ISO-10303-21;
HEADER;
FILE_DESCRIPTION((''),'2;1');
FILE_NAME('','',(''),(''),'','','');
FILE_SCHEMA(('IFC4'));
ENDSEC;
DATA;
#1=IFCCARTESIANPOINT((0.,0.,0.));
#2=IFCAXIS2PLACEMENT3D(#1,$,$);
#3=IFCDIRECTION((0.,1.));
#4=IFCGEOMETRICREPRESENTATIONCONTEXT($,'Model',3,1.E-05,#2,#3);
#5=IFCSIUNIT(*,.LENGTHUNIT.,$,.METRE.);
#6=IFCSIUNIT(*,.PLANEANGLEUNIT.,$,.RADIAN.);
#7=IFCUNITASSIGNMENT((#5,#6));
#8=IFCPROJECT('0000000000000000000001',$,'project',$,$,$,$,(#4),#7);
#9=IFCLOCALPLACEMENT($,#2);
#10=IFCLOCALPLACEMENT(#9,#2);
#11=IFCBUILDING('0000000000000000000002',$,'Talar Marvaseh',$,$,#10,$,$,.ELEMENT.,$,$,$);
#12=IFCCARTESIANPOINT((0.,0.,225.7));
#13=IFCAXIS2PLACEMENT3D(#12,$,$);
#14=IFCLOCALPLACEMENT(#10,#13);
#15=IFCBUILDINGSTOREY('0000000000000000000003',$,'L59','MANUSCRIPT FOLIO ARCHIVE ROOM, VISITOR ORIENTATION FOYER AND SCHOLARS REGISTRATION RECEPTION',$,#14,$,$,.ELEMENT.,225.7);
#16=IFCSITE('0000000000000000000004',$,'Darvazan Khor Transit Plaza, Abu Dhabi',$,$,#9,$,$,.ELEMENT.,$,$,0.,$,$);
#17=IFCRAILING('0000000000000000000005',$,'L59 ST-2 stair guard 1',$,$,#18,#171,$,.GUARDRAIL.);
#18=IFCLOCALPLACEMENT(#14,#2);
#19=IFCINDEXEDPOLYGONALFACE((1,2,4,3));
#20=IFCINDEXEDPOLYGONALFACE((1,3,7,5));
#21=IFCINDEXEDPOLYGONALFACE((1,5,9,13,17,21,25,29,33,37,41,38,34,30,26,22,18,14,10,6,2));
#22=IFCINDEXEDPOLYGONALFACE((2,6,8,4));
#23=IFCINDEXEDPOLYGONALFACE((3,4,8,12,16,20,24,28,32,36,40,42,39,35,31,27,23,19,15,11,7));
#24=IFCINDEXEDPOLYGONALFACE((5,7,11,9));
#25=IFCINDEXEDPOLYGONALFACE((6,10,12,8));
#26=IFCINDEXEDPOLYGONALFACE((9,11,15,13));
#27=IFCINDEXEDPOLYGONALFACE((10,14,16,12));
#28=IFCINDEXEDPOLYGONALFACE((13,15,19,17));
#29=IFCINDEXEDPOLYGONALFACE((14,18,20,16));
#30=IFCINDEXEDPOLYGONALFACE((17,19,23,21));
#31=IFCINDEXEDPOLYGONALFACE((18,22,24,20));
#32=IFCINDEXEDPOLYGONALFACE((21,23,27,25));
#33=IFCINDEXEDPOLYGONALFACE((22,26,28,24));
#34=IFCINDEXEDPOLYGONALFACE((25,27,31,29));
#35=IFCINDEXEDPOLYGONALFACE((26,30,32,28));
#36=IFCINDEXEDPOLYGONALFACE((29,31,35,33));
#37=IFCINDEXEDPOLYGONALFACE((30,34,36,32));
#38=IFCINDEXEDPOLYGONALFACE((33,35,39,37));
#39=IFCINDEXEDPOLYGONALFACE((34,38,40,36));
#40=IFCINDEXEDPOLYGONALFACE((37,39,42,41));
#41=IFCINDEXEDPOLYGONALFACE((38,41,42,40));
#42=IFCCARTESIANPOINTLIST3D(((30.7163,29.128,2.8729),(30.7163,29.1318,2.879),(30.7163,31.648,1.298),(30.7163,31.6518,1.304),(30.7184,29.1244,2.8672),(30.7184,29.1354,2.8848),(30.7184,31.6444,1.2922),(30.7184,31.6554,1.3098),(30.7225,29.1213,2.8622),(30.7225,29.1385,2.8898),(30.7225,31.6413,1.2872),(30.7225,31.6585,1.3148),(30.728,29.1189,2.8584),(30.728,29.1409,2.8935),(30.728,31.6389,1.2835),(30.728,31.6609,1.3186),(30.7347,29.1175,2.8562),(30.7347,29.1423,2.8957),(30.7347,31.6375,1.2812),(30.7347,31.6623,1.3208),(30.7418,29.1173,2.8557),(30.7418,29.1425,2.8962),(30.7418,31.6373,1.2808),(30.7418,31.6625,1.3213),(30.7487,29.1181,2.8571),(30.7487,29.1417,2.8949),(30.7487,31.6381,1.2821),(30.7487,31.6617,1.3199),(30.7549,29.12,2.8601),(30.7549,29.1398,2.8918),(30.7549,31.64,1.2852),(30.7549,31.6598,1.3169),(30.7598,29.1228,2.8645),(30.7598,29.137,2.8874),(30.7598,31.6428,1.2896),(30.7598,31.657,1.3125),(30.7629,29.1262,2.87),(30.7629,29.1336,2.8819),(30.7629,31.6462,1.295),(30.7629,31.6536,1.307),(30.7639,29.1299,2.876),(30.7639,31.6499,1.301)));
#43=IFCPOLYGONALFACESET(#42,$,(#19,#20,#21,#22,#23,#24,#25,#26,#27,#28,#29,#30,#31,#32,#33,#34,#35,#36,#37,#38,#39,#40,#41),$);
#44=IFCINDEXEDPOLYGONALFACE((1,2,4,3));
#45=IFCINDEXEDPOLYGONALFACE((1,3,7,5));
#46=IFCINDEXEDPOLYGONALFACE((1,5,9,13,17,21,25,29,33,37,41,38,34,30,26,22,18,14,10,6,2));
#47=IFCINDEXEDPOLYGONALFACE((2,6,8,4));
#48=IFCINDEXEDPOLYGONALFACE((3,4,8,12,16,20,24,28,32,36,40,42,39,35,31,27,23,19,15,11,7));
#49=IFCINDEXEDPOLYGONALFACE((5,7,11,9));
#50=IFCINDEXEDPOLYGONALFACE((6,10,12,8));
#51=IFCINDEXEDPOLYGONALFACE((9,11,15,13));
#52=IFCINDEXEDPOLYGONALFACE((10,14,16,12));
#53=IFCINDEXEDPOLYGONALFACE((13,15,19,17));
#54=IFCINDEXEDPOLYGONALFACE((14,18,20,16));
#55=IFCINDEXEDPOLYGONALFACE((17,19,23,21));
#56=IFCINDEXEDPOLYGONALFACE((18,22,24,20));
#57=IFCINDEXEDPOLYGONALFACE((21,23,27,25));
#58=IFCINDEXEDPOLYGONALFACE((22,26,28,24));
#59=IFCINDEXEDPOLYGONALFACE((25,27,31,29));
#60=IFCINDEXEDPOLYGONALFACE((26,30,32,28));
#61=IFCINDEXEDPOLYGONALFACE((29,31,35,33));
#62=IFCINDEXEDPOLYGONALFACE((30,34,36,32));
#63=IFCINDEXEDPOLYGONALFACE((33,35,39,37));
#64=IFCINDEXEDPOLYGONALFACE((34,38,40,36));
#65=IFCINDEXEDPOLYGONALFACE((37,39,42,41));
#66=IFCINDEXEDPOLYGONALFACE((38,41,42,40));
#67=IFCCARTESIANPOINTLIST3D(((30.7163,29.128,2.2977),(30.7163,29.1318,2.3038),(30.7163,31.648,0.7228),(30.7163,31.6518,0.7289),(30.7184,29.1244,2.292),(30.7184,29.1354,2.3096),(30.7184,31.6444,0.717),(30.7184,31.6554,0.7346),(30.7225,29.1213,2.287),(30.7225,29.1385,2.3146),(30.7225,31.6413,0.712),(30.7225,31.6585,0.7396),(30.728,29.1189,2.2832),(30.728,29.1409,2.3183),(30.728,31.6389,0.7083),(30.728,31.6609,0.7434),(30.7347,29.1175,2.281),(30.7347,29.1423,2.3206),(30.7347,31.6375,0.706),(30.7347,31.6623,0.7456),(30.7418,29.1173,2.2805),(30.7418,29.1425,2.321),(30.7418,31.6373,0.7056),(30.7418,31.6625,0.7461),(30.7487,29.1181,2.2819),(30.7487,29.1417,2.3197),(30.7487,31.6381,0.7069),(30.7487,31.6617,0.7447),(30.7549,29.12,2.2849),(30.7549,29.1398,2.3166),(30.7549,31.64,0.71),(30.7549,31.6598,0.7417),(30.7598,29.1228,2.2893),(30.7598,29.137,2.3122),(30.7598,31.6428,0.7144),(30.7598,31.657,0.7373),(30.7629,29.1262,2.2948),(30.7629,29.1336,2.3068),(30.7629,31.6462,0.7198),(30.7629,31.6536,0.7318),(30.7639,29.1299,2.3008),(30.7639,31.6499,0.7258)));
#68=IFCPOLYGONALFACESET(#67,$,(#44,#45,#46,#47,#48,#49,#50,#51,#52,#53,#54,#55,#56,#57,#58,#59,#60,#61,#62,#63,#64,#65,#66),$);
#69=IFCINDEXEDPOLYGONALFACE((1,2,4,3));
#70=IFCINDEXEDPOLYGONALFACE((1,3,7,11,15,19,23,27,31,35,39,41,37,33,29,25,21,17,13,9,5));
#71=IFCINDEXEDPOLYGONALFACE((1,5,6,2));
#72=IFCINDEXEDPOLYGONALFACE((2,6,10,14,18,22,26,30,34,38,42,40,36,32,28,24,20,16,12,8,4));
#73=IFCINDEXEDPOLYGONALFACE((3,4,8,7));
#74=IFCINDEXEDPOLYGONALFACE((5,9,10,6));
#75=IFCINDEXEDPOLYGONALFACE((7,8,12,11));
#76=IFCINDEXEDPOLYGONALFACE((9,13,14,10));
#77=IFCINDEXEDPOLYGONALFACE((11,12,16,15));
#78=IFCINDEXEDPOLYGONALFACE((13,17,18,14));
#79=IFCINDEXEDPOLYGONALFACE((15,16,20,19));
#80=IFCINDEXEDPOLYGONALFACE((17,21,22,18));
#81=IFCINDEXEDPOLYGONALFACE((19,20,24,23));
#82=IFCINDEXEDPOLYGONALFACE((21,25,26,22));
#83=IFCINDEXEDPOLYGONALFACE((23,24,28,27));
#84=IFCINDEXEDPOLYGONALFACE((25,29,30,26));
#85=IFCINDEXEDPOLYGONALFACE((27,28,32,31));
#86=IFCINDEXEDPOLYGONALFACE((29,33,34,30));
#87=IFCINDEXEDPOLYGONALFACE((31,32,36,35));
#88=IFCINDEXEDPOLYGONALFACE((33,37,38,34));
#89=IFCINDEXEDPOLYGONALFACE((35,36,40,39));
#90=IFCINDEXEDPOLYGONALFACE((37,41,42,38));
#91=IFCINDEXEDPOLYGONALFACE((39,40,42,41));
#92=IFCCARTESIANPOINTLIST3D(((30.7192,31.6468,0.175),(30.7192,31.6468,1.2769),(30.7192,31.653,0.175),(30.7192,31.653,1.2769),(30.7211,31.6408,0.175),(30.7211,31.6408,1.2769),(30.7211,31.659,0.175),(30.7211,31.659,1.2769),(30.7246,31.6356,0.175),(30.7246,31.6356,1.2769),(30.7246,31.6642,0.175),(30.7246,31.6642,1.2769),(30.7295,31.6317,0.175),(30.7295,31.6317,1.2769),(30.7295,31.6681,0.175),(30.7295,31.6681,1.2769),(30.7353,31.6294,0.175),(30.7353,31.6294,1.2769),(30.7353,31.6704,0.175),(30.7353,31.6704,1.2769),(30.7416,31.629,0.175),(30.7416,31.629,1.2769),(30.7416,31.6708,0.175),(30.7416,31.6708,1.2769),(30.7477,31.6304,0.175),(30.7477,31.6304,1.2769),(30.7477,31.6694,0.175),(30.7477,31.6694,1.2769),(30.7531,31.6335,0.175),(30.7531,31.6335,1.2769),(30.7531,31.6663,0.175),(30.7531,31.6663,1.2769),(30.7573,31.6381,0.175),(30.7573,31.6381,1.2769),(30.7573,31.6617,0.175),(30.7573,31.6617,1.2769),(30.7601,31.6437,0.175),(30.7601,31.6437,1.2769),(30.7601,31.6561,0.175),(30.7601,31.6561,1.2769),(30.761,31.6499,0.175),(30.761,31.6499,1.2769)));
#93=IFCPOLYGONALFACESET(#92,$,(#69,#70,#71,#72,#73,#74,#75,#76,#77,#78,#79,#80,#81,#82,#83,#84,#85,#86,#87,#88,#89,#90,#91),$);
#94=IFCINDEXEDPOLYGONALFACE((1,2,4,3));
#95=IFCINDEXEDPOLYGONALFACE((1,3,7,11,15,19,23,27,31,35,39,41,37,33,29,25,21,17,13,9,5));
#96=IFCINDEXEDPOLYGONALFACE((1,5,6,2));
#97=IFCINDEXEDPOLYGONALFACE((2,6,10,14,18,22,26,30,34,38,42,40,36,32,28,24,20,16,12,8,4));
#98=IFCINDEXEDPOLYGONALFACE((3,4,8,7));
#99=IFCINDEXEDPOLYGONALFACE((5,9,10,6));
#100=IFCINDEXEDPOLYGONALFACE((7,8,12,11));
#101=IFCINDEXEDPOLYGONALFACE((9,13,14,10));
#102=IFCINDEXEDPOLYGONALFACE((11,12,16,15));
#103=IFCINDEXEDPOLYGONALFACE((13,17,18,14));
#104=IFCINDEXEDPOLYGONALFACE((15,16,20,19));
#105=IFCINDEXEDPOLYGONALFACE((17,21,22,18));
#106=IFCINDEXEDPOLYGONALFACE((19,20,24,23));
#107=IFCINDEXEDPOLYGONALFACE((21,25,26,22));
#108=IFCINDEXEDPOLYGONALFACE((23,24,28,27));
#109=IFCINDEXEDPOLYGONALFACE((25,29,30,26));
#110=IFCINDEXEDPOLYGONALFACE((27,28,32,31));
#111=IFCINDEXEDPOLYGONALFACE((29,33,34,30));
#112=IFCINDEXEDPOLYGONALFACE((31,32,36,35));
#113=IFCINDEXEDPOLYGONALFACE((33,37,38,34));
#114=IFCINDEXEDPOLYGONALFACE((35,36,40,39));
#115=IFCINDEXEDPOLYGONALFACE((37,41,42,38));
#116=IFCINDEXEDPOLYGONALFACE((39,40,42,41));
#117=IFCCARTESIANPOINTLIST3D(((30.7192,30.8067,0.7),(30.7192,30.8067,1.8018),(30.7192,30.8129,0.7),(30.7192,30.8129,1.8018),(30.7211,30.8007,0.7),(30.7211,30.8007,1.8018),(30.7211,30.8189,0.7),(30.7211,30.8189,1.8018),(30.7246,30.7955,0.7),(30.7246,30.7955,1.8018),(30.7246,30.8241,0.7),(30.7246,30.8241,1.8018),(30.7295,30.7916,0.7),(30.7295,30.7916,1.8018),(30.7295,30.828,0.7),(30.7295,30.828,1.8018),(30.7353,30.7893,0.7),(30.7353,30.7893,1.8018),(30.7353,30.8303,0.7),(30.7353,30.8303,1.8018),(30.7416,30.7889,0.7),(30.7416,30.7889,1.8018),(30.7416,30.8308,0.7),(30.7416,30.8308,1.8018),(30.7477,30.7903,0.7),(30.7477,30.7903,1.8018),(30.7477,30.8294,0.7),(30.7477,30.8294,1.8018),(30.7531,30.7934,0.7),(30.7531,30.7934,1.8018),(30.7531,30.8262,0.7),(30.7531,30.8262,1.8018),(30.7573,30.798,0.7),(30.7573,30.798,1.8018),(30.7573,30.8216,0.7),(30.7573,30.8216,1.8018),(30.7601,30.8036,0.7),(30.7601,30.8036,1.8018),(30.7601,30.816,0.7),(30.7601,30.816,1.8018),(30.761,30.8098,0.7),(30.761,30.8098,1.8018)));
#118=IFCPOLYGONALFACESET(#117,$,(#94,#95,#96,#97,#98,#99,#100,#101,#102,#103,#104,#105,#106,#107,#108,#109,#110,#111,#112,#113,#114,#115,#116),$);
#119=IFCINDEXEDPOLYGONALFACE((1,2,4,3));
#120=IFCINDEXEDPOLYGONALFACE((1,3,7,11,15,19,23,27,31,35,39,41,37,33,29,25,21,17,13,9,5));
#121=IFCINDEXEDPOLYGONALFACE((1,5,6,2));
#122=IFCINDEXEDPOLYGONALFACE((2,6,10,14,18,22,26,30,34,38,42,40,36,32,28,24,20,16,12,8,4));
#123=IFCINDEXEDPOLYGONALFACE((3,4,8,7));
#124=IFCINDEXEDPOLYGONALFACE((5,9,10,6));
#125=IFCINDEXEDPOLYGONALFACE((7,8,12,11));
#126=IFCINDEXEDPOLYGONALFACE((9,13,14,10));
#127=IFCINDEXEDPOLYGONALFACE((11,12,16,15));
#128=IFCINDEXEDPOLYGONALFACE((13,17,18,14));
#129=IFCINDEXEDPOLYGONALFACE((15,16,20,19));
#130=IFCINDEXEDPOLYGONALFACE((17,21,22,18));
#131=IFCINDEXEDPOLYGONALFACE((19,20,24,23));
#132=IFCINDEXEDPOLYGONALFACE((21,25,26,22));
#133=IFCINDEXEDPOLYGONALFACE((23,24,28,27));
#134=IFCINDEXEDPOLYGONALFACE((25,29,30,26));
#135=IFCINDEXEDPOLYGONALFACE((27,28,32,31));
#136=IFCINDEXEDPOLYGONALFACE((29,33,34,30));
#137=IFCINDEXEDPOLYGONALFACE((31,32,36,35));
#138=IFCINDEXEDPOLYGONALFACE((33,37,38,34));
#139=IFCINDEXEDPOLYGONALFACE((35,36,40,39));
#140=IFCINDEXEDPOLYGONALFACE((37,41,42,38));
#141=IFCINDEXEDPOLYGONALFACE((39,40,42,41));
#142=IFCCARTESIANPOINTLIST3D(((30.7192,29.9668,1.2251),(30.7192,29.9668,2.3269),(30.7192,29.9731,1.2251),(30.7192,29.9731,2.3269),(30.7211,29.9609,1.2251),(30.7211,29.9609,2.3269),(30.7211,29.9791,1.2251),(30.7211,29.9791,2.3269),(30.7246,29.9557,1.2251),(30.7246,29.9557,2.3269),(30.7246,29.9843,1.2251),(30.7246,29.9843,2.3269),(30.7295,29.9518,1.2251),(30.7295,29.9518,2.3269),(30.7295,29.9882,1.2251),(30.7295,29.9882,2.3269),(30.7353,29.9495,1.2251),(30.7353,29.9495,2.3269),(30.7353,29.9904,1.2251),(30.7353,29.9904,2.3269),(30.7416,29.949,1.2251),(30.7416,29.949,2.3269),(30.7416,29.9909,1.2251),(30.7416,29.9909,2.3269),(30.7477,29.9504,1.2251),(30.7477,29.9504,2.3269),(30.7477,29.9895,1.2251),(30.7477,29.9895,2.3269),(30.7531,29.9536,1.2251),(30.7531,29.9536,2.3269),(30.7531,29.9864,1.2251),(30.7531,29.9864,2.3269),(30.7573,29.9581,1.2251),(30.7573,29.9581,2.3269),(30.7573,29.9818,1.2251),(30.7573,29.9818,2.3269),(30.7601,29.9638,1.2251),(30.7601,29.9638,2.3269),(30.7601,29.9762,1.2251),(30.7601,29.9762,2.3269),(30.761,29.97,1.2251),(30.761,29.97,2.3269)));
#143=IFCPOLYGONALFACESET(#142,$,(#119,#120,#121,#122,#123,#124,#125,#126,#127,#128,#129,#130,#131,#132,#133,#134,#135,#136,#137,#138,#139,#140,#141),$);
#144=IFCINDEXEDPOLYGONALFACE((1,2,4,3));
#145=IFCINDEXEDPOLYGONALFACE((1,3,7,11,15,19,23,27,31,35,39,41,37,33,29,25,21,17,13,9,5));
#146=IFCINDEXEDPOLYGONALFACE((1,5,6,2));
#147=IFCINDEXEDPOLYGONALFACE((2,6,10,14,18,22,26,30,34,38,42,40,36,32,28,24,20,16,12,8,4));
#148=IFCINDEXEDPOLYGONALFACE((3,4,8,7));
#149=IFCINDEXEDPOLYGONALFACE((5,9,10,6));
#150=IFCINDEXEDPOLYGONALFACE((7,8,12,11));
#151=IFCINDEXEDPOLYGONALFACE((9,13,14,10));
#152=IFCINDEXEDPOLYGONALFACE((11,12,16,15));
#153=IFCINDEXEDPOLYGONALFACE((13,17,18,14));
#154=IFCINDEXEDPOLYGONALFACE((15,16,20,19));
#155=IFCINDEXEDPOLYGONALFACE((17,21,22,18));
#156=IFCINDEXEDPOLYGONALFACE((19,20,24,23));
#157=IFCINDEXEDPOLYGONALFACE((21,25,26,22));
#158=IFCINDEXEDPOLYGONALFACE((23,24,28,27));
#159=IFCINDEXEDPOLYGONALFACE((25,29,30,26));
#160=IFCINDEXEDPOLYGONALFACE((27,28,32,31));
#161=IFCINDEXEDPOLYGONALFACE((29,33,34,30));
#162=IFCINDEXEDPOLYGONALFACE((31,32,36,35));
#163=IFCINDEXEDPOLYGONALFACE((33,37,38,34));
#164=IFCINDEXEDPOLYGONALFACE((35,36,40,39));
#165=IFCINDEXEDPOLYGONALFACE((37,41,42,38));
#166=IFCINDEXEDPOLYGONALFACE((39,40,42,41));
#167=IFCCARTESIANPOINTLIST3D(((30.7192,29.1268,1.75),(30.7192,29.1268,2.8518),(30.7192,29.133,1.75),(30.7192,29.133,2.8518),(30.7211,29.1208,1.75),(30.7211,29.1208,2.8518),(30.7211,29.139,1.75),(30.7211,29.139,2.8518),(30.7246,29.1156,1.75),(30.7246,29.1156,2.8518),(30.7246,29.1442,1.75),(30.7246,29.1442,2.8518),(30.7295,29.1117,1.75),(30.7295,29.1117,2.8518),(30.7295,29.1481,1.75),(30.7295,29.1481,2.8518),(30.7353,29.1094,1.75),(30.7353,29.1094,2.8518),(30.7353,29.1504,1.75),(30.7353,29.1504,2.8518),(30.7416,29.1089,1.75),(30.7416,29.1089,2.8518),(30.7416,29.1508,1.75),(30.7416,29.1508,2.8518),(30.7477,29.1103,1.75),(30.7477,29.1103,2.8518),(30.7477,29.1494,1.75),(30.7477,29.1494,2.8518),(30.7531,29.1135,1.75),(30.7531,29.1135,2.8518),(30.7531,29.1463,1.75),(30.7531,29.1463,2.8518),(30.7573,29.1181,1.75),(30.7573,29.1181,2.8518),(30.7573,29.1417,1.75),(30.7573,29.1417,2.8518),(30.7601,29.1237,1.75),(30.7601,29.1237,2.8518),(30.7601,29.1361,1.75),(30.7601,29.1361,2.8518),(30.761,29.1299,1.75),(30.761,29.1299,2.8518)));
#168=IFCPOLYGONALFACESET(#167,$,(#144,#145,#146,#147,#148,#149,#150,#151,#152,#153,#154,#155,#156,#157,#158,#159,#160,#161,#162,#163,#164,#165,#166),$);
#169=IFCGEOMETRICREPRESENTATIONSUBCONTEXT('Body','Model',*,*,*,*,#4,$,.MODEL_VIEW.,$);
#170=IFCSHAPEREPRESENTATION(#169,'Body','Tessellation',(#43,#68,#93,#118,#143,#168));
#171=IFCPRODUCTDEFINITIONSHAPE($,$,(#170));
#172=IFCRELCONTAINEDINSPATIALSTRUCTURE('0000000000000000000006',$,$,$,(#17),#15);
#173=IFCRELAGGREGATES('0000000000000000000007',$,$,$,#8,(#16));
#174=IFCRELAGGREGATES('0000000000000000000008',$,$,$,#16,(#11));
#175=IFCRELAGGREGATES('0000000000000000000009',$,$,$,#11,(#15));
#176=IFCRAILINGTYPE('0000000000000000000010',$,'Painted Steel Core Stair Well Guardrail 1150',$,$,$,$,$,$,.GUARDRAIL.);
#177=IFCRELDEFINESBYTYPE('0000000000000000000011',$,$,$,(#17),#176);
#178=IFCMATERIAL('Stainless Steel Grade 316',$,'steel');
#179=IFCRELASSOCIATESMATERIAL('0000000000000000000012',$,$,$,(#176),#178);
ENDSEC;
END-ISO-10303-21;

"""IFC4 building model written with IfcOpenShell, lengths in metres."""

from ifc_helpers import new_model, si_unit, direction, frame, origin, origin_2d, place, context, subcontext, project, spatial, circle, extrude, material, type_object, element, save


model = new_model("IFC4")

# Units and contexts
model_context = context("Model", 3, precision=1e-05, world=origin(), true_north=direction((0.0, 1.0)))
body_context = subcontext(model_context, "Body", "Model", "MODEL_VIEW")
ifc_project = project(units=[si_unit("LENGTHUNIT", "METRE"), si_unit("PLANEANGLEUNIT", "RADIAN")], contexts=[model_context])

# Site, building, storey
site_placement = place(None, origin())
site = spatial("IfcSite", under=ifc_project, at=site_placement, Name="Darvazan Khor Transit Plaza, Abu Dhabi", CompositionType="ELEMENT", RefElevation=0.0)
building_placement = place(site_placement, origin())
building = spatial("IfcBuilding", under=site, at=building_placement, Name="Talar Marvaseh", CompositionType="ELEMENT")
storey_placement = place(building_placement, frame((0.0, 0.0, 225.7)))
storey = spatial("IfcBuildingStorey", under=building, at=storey_placement, Name="L59", Description="MANUSCRIPT FOLIO ARCHIVE ROOM, VISITOR ORIENTATION FOYER AND SCHOLARS REGISTRATION RECEPTION", CompositionType="ELEMENT", Elevation=225.7)

# Shared definitions
ifc_material_1 = material(Name="Stainless Steel Grade 316", Category="steel")

# Railing
railing_type_1 = type_object("IfcRailingType", Name="Painted Steel Core Stair Well Guardrail 1150", PredefinedType="GUARDRAIL", material=ifc_material_1)
railing_1_placement = place(storey_placement, frame((30.74, 31.6499, 0.175)))
element("IfcRailing", 1, at=railing_1_placement, inside=storey, type_object=railing_type_1, Name="L59 ST-2 stair guard 1", PredefinedType="GUARDRAIL", context=body_context, shape_type="SweptSolid", body=[
    extrude(circle(Radius=0.0239, at=origin_2d()), frame((0.0, 0.0, 1.126), z_axis=(0.0, -0.848008, 0.529984), x_axis=(1.0, 0.0, 0.0)), (0.0, 0.0, 1.0), 2.9717),
    extrude(circle(Radius=0.0239, at=origin_2d()), frame((0.0, 0.0, 0.5508), z_axis=(0.0, -0.848008, 0.529984), x_axis=(1.0, 0.0, 0.0)), (0.0, 0.0, 1.0), 2.9717),
    extrude(circle(Radius=0.021, at=origin_2d()), origin(), (0.0, 0.0, 1.0), 1.1018),
    extrude(circle(Radius=0.021, at=origin_2d()), frame((0.0, -0.8401, 0.5249)), (0.0, 0.0, 1.0), 1.1018),
    extrude(circle(Radius=0.021, at=origin_2d()), frame((0.0, -1.6799, 1.05)), (0.0, 0.0, 1.0), 1.1018),
    extrude(circle(Radius=0.021, at=origin_2d()), frame((0.0, -2.52, 1.575)), (0.0, 0.0, 1.0), 1.1018),
])

save(model, "model.ifc")
